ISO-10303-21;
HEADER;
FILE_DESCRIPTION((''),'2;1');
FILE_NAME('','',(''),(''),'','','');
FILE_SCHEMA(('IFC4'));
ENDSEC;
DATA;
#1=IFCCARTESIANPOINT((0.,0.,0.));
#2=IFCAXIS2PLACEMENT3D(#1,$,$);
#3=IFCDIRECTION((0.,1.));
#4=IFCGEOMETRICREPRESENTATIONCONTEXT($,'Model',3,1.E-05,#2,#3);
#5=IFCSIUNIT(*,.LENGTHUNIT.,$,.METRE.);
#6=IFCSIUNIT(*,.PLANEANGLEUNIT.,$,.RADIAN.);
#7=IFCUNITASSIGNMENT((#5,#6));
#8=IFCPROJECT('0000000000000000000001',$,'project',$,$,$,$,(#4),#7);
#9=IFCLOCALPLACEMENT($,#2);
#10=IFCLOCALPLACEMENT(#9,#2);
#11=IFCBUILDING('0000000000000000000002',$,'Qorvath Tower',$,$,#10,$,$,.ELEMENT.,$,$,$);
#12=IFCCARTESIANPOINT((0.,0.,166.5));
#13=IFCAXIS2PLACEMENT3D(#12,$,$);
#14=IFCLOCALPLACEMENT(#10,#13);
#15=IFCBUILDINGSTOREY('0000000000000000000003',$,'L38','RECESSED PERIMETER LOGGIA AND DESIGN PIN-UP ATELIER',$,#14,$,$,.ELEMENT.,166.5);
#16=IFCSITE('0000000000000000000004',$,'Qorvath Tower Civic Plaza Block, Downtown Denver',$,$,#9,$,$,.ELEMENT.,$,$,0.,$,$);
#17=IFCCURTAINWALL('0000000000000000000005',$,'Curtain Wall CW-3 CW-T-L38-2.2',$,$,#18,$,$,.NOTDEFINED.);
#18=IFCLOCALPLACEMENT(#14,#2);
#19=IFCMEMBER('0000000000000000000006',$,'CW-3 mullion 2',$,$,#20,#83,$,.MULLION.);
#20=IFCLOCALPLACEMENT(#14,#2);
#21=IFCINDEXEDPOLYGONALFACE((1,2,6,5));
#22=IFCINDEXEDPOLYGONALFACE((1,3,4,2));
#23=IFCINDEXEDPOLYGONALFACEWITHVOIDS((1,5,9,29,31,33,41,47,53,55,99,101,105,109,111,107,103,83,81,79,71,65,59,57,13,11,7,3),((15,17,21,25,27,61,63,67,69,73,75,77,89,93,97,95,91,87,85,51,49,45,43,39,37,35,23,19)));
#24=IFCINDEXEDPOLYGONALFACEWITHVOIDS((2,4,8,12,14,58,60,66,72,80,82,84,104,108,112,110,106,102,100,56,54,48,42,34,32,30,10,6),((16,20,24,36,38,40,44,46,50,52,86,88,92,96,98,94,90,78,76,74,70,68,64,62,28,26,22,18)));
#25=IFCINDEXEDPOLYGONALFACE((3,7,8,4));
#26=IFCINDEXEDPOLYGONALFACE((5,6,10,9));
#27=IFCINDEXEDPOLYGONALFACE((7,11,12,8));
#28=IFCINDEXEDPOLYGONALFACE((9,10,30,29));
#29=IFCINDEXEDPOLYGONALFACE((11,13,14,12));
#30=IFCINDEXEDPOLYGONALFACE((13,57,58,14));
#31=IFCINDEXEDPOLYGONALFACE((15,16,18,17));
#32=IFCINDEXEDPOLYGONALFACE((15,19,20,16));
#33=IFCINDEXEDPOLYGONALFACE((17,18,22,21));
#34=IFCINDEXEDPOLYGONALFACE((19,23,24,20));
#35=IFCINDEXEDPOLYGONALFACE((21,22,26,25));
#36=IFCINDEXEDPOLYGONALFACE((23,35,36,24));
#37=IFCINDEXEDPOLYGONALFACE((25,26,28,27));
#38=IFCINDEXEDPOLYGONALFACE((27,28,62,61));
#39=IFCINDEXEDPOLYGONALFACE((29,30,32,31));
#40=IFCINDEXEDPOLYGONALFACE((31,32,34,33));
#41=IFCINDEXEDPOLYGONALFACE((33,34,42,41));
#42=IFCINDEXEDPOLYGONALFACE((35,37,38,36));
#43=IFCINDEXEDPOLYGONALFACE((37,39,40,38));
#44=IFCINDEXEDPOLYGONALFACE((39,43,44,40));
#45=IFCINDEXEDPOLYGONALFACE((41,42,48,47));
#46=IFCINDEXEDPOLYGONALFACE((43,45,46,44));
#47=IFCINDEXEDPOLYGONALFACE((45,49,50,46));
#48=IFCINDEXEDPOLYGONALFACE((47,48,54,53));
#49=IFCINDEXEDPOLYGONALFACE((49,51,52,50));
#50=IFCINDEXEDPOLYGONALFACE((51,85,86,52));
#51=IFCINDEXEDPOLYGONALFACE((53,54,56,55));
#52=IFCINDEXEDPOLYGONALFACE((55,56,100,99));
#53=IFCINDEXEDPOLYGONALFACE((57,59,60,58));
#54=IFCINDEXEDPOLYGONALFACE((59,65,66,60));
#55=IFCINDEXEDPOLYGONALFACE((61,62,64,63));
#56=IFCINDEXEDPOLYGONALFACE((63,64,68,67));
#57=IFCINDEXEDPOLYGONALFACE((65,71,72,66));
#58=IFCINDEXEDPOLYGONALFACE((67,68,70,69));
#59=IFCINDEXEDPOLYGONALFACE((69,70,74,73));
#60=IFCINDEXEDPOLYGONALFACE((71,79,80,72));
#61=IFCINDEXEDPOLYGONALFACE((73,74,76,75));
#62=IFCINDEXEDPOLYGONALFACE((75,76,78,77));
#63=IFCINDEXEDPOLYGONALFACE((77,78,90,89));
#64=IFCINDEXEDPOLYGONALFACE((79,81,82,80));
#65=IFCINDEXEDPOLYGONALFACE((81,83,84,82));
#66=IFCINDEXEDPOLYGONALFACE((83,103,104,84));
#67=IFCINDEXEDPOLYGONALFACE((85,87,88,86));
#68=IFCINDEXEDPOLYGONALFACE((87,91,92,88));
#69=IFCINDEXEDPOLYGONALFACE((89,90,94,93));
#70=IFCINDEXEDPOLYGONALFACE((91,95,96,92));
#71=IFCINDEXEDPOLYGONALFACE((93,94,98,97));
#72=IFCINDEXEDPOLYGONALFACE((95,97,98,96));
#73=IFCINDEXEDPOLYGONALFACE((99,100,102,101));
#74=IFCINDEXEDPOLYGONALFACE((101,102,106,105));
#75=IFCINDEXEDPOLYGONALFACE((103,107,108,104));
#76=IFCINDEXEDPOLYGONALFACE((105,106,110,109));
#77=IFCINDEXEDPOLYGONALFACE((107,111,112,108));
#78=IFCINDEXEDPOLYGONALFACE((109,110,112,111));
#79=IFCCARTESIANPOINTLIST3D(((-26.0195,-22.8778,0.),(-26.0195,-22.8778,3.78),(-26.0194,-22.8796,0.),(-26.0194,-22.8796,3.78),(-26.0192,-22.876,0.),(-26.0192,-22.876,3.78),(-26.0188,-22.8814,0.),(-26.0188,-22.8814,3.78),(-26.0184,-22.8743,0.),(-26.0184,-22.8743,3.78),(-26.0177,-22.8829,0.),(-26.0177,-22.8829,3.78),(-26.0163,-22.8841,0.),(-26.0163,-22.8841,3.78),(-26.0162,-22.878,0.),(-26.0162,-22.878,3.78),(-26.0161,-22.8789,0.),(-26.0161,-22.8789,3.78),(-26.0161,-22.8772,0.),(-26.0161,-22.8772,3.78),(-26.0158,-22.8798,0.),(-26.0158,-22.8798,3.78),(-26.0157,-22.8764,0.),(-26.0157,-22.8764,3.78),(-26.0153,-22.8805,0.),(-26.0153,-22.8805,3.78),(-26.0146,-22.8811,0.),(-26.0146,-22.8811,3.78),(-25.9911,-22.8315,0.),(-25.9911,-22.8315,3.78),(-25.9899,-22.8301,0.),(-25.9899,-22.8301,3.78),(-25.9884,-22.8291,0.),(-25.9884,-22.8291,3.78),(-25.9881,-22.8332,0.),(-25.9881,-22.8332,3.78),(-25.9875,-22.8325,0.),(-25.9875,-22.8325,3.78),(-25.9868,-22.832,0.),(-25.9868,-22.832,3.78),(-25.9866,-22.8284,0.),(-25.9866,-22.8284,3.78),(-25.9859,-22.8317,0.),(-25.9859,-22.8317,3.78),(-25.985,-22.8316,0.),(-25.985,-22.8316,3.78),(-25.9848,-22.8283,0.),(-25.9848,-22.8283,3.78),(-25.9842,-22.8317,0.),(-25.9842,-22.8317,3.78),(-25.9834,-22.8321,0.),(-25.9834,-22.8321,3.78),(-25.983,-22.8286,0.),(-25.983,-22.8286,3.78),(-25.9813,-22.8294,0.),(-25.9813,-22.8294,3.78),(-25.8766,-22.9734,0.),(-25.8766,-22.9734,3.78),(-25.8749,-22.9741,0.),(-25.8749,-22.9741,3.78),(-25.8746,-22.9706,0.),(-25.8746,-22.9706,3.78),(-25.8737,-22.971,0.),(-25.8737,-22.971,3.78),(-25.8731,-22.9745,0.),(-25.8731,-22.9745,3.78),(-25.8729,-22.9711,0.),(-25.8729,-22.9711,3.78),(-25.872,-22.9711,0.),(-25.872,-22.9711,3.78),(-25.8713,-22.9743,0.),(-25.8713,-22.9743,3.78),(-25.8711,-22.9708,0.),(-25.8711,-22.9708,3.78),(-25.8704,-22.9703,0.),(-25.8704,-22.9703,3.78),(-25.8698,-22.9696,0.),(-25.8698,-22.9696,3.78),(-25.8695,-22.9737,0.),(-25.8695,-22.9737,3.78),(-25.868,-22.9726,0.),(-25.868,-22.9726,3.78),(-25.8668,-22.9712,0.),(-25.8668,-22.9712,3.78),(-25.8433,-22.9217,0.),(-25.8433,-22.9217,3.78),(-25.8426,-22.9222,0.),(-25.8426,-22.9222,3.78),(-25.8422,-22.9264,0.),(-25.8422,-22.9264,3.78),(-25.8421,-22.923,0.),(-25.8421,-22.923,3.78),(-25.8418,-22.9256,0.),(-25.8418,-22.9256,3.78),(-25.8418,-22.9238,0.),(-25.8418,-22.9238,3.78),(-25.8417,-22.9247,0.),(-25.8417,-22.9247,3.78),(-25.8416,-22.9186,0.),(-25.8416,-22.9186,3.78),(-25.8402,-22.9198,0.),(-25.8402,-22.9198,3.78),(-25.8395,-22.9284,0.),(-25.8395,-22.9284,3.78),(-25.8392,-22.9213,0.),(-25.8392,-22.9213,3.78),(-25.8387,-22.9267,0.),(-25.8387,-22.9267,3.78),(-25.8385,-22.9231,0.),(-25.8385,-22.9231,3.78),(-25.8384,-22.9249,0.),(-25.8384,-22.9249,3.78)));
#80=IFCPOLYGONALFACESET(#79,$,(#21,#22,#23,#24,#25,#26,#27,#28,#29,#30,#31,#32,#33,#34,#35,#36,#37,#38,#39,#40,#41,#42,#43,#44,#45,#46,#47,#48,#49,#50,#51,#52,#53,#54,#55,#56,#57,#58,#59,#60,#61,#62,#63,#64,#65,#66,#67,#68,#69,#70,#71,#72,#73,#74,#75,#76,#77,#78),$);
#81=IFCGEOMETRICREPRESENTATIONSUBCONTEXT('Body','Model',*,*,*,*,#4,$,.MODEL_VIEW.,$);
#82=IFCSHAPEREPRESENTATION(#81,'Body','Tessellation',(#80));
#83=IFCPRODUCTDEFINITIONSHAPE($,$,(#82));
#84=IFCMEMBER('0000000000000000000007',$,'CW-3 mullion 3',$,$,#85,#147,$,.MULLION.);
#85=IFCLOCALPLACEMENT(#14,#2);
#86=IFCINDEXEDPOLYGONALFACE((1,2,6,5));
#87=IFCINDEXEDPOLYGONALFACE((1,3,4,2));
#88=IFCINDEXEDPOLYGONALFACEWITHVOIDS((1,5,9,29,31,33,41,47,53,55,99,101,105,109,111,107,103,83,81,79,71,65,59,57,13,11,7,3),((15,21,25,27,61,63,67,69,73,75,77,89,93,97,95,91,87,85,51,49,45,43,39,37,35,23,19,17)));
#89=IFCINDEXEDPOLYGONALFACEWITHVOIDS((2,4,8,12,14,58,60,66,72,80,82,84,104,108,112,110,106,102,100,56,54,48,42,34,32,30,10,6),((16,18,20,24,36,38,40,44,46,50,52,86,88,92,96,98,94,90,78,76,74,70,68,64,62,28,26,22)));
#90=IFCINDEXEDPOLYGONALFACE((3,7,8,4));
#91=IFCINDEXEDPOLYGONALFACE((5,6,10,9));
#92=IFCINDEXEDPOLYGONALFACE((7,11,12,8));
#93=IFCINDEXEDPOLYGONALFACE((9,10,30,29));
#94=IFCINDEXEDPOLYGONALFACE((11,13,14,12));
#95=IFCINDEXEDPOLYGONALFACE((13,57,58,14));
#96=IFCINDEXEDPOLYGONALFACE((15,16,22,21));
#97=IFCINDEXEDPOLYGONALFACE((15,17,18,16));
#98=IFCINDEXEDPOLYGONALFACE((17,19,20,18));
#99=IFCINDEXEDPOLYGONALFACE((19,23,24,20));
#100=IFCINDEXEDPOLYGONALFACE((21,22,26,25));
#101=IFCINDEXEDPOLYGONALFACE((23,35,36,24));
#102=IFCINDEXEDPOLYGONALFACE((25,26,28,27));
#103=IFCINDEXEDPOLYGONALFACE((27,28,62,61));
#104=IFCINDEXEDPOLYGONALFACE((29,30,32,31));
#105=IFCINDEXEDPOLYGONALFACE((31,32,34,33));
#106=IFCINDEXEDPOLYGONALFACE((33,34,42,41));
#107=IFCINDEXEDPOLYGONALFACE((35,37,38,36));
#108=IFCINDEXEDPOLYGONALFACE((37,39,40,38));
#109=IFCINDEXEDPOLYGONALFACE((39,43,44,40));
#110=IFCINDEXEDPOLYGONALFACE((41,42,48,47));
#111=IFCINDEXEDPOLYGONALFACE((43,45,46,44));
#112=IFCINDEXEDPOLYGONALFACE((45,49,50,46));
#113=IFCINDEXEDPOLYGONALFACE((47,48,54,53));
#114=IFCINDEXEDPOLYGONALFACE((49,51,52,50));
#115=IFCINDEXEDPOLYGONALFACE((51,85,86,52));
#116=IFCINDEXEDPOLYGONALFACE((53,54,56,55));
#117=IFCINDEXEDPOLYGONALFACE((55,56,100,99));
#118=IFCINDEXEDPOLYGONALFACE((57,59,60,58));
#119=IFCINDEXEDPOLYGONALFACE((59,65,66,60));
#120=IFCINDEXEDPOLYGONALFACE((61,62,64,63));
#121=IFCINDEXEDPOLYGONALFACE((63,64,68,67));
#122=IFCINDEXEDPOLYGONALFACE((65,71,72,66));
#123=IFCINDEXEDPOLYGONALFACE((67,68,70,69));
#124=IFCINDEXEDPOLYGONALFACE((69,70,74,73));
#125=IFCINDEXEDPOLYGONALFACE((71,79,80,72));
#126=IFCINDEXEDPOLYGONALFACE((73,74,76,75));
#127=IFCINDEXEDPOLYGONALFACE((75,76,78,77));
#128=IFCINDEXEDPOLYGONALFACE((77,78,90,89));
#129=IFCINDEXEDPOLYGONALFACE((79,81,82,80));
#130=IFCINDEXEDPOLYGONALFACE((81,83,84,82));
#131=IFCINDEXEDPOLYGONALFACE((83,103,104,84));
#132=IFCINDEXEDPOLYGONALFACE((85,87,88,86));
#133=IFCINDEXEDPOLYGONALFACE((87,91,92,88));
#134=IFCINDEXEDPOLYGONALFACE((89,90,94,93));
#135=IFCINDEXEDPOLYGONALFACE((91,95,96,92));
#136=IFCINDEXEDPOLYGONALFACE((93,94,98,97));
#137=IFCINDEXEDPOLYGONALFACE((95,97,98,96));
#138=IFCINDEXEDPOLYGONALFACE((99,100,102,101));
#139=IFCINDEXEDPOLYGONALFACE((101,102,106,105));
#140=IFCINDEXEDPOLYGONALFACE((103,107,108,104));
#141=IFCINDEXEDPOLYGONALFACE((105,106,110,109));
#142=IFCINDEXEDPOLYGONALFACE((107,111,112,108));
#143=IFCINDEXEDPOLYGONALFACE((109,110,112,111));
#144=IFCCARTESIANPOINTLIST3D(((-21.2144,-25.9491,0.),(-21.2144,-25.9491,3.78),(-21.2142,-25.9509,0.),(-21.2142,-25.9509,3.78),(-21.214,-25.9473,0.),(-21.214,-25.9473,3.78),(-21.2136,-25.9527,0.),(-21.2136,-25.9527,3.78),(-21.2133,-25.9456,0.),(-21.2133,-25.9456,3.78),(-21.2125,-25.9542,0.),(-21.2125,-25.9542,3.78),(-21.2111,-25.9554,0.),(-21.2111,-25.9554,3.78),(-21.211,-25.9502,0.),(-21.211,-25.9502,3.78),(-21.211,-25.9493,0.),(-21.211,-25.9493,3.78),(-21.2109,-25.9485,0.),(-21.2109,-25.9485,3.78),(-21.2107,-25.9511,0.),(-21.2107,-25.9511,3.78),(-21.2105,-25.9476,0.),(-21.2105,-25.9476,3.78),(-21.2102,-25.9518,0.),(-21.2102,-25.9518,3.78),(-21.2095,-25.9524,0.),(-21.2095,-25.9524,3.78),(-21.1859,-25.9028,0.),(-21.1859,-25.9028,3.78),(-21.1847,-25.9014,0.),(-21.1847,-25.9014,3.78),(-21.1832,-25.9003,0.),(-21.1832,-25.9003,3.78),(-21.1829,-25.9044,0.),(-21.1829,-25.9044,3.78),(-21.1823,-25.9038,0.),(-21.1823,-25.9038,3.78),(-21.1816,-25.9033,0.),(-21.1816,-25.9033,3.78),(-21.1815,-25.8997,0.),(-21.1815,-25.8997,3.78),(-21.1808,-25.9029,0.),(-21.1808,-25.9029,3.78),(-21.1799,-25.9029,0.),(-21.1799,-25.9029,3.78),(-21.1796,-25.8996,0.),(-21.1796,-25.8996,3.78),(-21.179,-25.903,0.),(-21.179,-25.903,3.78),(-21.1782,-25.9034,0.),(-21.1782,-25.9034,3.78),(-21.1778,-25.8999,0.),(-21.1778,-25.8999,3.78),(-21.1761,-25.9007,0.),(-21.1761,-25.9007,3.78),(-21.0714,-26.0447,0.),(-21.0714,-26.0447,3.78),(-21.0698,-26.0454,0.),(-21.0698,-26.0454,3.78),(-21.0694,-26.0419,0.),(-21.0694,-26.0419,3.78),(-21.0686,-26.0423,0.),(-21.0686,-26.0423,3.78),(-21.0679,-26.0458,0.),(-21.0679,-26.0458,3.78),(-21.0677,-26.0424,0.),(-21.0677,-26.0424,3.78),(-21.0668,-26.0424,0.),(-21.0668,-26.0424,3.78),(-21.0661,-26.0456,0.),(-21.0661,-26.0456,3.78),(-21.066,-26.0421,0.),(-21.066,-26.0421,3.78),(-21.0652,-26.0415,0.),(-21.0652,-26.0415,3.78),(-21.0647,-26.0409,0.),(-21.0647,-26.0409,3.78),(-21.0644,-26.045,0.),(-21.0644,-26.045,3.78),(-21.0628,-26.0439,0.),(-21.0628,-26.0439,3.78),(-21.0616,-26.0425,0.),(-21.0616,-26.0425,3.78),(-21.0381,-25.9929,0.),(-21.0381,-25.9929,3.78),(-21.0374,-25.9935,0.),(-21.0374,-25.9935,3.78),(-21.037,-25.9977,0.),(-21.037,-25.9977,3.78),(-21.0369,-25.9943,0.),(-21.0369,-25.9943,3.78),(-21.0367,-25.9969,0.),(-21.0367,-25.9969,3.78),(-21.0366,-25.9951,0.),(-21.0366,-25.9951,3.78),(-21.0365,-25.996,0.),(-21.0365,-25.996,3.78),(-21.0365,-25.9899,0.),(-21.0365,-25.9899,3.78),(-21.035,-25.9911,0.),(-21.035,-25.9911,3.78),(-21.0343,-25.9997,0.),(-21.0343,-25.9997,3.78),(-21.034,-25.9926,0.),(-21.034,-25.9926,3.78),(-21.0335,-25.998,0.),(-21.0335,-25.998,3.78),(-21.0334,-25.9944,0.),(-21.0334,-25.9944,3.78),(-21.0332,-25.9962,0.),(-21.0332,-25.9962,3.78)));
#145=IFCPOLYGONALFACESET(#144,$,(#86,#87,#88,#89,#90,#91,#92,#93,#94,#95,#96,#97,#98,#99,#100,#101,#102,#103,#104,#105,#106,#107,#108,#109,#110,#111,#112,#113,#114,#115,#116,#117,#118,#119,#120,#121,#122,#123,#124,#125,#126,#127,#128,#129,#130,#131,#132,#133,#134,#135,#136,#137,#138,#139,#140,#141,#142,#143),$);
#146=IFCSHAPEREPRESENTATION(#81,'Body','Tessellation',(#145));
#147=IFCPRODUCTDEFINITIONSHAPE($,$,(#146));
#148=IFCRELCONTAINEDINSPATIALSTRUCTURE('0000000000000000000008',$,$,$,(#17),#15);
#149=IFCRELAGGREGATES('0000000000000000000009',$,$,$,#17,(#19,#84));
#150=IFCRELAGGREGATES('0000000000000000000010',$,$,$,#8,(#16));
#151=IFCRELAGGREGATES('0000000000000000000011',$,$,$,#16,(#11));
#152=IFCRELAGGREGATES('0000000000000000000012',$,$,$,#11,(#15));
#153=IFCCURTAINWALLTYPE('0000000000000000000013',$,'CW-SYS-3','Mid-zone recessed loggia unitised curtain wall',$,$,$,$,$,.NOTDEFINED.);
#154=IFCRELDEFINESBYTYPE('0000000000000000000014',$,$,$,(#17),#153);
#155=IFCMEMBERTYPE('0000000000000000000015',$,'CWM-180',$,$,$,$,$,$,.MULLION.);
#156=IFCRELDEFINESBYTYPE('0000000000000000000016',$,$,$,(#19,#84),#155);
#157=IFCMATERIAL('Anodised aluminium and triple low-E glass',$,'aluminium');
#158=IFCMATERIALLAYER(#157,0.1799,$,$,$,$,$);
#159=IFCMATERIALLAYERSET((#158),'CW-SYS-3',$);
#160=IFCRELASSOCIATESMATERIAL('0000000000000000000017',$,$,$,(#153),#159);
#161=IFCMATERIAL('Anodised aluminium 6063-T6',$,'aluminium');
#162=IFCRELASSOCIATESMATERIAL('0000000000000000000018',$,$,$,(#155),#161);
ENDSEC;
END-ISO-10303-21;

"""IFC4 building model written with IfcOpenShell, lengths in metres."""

from ifc_helpers import new_model, si_unit, direction, frame, origin, origin_2d, place, context, subcontext, project, spatial, hollow_rectangle, extrude, material, layer, layer_set, material_profile, profile_set, type_object, element, aggregate, save


model = new_model("IFC4")

# Units and contexts
model_context = context("Model", 3, precision=1e-05, world=origin(), true_north=direction((0.0, 1.0)))
body_context = subcontext(model_context, "Body", "Model", "MODEL_VIEW")
ifc_project = project(units=[si_unit("LENGTHUNIT", "METRE"), si_unit("PLANEANGLEUNIT", "RADIAN")], contexts=[model_context])

# Site, building, storey
site_placement = place(None, origin())
site = spatial("IfcSite", under=ifc_project, at=site_placement, Name="Qorvath Tower Civic Plaza Block, Downtown Denver", CompositionType="ELEMENT", RefElevation=0.0)
building_placement = place(site_placement, origin())
building = spatial("IfcBuilding", under=site, at=building_placement, Name="Qorvath Tower", CompositionType="ELEMENT")
storey_placement = place(building_placement, frame((0.0, 0.0, 166.5)))
storey = spatial("IfcBuildingStorey", under=building, at=storey_placement, Name="L38", Description="RECESSED PERIMETER LOGGIA AND DESIGN PIN-UP ATELIER", CompositionType="ELEMENT", Elevation=166.5)

# Curtain wall, members
ifc_material_1 = material(Name="Anodised aluminium and triple low-E glass", Category="aluminium")
ifc_layer_1 = layer(ifc_material_1, 0.1799)
ifc_layer_set_1 = layer_set([ifc_layer_1], Name="CW-SYS-3")
curtain_wall_type = type_object("IfcCurtainWallType", Name="CW-SYS-3", Description="Mid-zone recessed loggia unitised curtain wall", PredefinedType="NOTDEFINED", material=ifc_layer_set_1)
curtain_wall_placement = place(storey_placement, origin())
curtain_wall = element("IfcCurtainWall", 1, at=curtain_wall_placement, inside=storey, type_object=curtain_wall_type, Name="Curtain Wall CW-3 CW-T-L38-2.2", PredefinedType="NOTDEFINED")
ifc_material_2 = material(Name="Anodised aluminium 6063-T6", Category="aluminium")
ifc_material_profile_1 = material_profile(ifc_material_2, hollow_rectangle(XDim=0.0649, YDim=0.1799, WallThickness=0.0034, InnerFilletRadius=0.0034, OuterFilletRadius=0.0071, at=origin_2d()), Name="CWM 180x65")
ifc_profile_set_1 = profile_set([ifc_material_profile_1], Name="Anodised aluminium 6063-T6")
member_type_1 = type_object("IfcMemberType", Name="CWM-180", PredefinedType="MULLION", material=ifc_profile_set_1)
member_1_placement = place(storey_placement, frame((-25.929, -22.9014, 0.0), z_axis=(0.0, 0.0, 1.0), x_axis=(0.538534, 0.842604, 0.0)))
member_1 = element("IfcMember", 2, at=member_1_placement, type_object=member_type_1, Name="CW-3 mullion 2", PredefinedType="MULLION", context=body_context, shape_type="SweptSolid", body=[
    extrude(hollow_rectangle(XDim=0.0649, YDim=0.1799, WallThickness=0.0034, InnerFilletRadius=0.0034, OuterFilletRadius=0.0071, at=origin_2d()), origin(), (0.0, 0.0, 1.0), 3.78),
])
member_2_placement = place(storey_placement, frame((-21.1238, -25.9727, 0.0), z_axis=(0.0, 0.0, 1.0), x_axis=(0.538534, 0.842604, 0.0)))
member_2 = element("IfcMember", 3, at=member_2_placement, type_object=member_type_1, Name="CW-3 mullion 3", PredefinedType="MULLION", context=body_context, shape_type="SweptSolid", body=[
    extrude(hollow_rectangle(XDim=0.0649, YDim=0.1799, WallThickness=0.0034, InnerFilletRadius=0.0034, OuterFilletRadius=0.0071, at=origin_2d()), origin(), (0.0, 0.0, 1.0), 3.78),
])
aggregate(curtain_wall, [member_1, member_2])

save(model, "model.ifc")
